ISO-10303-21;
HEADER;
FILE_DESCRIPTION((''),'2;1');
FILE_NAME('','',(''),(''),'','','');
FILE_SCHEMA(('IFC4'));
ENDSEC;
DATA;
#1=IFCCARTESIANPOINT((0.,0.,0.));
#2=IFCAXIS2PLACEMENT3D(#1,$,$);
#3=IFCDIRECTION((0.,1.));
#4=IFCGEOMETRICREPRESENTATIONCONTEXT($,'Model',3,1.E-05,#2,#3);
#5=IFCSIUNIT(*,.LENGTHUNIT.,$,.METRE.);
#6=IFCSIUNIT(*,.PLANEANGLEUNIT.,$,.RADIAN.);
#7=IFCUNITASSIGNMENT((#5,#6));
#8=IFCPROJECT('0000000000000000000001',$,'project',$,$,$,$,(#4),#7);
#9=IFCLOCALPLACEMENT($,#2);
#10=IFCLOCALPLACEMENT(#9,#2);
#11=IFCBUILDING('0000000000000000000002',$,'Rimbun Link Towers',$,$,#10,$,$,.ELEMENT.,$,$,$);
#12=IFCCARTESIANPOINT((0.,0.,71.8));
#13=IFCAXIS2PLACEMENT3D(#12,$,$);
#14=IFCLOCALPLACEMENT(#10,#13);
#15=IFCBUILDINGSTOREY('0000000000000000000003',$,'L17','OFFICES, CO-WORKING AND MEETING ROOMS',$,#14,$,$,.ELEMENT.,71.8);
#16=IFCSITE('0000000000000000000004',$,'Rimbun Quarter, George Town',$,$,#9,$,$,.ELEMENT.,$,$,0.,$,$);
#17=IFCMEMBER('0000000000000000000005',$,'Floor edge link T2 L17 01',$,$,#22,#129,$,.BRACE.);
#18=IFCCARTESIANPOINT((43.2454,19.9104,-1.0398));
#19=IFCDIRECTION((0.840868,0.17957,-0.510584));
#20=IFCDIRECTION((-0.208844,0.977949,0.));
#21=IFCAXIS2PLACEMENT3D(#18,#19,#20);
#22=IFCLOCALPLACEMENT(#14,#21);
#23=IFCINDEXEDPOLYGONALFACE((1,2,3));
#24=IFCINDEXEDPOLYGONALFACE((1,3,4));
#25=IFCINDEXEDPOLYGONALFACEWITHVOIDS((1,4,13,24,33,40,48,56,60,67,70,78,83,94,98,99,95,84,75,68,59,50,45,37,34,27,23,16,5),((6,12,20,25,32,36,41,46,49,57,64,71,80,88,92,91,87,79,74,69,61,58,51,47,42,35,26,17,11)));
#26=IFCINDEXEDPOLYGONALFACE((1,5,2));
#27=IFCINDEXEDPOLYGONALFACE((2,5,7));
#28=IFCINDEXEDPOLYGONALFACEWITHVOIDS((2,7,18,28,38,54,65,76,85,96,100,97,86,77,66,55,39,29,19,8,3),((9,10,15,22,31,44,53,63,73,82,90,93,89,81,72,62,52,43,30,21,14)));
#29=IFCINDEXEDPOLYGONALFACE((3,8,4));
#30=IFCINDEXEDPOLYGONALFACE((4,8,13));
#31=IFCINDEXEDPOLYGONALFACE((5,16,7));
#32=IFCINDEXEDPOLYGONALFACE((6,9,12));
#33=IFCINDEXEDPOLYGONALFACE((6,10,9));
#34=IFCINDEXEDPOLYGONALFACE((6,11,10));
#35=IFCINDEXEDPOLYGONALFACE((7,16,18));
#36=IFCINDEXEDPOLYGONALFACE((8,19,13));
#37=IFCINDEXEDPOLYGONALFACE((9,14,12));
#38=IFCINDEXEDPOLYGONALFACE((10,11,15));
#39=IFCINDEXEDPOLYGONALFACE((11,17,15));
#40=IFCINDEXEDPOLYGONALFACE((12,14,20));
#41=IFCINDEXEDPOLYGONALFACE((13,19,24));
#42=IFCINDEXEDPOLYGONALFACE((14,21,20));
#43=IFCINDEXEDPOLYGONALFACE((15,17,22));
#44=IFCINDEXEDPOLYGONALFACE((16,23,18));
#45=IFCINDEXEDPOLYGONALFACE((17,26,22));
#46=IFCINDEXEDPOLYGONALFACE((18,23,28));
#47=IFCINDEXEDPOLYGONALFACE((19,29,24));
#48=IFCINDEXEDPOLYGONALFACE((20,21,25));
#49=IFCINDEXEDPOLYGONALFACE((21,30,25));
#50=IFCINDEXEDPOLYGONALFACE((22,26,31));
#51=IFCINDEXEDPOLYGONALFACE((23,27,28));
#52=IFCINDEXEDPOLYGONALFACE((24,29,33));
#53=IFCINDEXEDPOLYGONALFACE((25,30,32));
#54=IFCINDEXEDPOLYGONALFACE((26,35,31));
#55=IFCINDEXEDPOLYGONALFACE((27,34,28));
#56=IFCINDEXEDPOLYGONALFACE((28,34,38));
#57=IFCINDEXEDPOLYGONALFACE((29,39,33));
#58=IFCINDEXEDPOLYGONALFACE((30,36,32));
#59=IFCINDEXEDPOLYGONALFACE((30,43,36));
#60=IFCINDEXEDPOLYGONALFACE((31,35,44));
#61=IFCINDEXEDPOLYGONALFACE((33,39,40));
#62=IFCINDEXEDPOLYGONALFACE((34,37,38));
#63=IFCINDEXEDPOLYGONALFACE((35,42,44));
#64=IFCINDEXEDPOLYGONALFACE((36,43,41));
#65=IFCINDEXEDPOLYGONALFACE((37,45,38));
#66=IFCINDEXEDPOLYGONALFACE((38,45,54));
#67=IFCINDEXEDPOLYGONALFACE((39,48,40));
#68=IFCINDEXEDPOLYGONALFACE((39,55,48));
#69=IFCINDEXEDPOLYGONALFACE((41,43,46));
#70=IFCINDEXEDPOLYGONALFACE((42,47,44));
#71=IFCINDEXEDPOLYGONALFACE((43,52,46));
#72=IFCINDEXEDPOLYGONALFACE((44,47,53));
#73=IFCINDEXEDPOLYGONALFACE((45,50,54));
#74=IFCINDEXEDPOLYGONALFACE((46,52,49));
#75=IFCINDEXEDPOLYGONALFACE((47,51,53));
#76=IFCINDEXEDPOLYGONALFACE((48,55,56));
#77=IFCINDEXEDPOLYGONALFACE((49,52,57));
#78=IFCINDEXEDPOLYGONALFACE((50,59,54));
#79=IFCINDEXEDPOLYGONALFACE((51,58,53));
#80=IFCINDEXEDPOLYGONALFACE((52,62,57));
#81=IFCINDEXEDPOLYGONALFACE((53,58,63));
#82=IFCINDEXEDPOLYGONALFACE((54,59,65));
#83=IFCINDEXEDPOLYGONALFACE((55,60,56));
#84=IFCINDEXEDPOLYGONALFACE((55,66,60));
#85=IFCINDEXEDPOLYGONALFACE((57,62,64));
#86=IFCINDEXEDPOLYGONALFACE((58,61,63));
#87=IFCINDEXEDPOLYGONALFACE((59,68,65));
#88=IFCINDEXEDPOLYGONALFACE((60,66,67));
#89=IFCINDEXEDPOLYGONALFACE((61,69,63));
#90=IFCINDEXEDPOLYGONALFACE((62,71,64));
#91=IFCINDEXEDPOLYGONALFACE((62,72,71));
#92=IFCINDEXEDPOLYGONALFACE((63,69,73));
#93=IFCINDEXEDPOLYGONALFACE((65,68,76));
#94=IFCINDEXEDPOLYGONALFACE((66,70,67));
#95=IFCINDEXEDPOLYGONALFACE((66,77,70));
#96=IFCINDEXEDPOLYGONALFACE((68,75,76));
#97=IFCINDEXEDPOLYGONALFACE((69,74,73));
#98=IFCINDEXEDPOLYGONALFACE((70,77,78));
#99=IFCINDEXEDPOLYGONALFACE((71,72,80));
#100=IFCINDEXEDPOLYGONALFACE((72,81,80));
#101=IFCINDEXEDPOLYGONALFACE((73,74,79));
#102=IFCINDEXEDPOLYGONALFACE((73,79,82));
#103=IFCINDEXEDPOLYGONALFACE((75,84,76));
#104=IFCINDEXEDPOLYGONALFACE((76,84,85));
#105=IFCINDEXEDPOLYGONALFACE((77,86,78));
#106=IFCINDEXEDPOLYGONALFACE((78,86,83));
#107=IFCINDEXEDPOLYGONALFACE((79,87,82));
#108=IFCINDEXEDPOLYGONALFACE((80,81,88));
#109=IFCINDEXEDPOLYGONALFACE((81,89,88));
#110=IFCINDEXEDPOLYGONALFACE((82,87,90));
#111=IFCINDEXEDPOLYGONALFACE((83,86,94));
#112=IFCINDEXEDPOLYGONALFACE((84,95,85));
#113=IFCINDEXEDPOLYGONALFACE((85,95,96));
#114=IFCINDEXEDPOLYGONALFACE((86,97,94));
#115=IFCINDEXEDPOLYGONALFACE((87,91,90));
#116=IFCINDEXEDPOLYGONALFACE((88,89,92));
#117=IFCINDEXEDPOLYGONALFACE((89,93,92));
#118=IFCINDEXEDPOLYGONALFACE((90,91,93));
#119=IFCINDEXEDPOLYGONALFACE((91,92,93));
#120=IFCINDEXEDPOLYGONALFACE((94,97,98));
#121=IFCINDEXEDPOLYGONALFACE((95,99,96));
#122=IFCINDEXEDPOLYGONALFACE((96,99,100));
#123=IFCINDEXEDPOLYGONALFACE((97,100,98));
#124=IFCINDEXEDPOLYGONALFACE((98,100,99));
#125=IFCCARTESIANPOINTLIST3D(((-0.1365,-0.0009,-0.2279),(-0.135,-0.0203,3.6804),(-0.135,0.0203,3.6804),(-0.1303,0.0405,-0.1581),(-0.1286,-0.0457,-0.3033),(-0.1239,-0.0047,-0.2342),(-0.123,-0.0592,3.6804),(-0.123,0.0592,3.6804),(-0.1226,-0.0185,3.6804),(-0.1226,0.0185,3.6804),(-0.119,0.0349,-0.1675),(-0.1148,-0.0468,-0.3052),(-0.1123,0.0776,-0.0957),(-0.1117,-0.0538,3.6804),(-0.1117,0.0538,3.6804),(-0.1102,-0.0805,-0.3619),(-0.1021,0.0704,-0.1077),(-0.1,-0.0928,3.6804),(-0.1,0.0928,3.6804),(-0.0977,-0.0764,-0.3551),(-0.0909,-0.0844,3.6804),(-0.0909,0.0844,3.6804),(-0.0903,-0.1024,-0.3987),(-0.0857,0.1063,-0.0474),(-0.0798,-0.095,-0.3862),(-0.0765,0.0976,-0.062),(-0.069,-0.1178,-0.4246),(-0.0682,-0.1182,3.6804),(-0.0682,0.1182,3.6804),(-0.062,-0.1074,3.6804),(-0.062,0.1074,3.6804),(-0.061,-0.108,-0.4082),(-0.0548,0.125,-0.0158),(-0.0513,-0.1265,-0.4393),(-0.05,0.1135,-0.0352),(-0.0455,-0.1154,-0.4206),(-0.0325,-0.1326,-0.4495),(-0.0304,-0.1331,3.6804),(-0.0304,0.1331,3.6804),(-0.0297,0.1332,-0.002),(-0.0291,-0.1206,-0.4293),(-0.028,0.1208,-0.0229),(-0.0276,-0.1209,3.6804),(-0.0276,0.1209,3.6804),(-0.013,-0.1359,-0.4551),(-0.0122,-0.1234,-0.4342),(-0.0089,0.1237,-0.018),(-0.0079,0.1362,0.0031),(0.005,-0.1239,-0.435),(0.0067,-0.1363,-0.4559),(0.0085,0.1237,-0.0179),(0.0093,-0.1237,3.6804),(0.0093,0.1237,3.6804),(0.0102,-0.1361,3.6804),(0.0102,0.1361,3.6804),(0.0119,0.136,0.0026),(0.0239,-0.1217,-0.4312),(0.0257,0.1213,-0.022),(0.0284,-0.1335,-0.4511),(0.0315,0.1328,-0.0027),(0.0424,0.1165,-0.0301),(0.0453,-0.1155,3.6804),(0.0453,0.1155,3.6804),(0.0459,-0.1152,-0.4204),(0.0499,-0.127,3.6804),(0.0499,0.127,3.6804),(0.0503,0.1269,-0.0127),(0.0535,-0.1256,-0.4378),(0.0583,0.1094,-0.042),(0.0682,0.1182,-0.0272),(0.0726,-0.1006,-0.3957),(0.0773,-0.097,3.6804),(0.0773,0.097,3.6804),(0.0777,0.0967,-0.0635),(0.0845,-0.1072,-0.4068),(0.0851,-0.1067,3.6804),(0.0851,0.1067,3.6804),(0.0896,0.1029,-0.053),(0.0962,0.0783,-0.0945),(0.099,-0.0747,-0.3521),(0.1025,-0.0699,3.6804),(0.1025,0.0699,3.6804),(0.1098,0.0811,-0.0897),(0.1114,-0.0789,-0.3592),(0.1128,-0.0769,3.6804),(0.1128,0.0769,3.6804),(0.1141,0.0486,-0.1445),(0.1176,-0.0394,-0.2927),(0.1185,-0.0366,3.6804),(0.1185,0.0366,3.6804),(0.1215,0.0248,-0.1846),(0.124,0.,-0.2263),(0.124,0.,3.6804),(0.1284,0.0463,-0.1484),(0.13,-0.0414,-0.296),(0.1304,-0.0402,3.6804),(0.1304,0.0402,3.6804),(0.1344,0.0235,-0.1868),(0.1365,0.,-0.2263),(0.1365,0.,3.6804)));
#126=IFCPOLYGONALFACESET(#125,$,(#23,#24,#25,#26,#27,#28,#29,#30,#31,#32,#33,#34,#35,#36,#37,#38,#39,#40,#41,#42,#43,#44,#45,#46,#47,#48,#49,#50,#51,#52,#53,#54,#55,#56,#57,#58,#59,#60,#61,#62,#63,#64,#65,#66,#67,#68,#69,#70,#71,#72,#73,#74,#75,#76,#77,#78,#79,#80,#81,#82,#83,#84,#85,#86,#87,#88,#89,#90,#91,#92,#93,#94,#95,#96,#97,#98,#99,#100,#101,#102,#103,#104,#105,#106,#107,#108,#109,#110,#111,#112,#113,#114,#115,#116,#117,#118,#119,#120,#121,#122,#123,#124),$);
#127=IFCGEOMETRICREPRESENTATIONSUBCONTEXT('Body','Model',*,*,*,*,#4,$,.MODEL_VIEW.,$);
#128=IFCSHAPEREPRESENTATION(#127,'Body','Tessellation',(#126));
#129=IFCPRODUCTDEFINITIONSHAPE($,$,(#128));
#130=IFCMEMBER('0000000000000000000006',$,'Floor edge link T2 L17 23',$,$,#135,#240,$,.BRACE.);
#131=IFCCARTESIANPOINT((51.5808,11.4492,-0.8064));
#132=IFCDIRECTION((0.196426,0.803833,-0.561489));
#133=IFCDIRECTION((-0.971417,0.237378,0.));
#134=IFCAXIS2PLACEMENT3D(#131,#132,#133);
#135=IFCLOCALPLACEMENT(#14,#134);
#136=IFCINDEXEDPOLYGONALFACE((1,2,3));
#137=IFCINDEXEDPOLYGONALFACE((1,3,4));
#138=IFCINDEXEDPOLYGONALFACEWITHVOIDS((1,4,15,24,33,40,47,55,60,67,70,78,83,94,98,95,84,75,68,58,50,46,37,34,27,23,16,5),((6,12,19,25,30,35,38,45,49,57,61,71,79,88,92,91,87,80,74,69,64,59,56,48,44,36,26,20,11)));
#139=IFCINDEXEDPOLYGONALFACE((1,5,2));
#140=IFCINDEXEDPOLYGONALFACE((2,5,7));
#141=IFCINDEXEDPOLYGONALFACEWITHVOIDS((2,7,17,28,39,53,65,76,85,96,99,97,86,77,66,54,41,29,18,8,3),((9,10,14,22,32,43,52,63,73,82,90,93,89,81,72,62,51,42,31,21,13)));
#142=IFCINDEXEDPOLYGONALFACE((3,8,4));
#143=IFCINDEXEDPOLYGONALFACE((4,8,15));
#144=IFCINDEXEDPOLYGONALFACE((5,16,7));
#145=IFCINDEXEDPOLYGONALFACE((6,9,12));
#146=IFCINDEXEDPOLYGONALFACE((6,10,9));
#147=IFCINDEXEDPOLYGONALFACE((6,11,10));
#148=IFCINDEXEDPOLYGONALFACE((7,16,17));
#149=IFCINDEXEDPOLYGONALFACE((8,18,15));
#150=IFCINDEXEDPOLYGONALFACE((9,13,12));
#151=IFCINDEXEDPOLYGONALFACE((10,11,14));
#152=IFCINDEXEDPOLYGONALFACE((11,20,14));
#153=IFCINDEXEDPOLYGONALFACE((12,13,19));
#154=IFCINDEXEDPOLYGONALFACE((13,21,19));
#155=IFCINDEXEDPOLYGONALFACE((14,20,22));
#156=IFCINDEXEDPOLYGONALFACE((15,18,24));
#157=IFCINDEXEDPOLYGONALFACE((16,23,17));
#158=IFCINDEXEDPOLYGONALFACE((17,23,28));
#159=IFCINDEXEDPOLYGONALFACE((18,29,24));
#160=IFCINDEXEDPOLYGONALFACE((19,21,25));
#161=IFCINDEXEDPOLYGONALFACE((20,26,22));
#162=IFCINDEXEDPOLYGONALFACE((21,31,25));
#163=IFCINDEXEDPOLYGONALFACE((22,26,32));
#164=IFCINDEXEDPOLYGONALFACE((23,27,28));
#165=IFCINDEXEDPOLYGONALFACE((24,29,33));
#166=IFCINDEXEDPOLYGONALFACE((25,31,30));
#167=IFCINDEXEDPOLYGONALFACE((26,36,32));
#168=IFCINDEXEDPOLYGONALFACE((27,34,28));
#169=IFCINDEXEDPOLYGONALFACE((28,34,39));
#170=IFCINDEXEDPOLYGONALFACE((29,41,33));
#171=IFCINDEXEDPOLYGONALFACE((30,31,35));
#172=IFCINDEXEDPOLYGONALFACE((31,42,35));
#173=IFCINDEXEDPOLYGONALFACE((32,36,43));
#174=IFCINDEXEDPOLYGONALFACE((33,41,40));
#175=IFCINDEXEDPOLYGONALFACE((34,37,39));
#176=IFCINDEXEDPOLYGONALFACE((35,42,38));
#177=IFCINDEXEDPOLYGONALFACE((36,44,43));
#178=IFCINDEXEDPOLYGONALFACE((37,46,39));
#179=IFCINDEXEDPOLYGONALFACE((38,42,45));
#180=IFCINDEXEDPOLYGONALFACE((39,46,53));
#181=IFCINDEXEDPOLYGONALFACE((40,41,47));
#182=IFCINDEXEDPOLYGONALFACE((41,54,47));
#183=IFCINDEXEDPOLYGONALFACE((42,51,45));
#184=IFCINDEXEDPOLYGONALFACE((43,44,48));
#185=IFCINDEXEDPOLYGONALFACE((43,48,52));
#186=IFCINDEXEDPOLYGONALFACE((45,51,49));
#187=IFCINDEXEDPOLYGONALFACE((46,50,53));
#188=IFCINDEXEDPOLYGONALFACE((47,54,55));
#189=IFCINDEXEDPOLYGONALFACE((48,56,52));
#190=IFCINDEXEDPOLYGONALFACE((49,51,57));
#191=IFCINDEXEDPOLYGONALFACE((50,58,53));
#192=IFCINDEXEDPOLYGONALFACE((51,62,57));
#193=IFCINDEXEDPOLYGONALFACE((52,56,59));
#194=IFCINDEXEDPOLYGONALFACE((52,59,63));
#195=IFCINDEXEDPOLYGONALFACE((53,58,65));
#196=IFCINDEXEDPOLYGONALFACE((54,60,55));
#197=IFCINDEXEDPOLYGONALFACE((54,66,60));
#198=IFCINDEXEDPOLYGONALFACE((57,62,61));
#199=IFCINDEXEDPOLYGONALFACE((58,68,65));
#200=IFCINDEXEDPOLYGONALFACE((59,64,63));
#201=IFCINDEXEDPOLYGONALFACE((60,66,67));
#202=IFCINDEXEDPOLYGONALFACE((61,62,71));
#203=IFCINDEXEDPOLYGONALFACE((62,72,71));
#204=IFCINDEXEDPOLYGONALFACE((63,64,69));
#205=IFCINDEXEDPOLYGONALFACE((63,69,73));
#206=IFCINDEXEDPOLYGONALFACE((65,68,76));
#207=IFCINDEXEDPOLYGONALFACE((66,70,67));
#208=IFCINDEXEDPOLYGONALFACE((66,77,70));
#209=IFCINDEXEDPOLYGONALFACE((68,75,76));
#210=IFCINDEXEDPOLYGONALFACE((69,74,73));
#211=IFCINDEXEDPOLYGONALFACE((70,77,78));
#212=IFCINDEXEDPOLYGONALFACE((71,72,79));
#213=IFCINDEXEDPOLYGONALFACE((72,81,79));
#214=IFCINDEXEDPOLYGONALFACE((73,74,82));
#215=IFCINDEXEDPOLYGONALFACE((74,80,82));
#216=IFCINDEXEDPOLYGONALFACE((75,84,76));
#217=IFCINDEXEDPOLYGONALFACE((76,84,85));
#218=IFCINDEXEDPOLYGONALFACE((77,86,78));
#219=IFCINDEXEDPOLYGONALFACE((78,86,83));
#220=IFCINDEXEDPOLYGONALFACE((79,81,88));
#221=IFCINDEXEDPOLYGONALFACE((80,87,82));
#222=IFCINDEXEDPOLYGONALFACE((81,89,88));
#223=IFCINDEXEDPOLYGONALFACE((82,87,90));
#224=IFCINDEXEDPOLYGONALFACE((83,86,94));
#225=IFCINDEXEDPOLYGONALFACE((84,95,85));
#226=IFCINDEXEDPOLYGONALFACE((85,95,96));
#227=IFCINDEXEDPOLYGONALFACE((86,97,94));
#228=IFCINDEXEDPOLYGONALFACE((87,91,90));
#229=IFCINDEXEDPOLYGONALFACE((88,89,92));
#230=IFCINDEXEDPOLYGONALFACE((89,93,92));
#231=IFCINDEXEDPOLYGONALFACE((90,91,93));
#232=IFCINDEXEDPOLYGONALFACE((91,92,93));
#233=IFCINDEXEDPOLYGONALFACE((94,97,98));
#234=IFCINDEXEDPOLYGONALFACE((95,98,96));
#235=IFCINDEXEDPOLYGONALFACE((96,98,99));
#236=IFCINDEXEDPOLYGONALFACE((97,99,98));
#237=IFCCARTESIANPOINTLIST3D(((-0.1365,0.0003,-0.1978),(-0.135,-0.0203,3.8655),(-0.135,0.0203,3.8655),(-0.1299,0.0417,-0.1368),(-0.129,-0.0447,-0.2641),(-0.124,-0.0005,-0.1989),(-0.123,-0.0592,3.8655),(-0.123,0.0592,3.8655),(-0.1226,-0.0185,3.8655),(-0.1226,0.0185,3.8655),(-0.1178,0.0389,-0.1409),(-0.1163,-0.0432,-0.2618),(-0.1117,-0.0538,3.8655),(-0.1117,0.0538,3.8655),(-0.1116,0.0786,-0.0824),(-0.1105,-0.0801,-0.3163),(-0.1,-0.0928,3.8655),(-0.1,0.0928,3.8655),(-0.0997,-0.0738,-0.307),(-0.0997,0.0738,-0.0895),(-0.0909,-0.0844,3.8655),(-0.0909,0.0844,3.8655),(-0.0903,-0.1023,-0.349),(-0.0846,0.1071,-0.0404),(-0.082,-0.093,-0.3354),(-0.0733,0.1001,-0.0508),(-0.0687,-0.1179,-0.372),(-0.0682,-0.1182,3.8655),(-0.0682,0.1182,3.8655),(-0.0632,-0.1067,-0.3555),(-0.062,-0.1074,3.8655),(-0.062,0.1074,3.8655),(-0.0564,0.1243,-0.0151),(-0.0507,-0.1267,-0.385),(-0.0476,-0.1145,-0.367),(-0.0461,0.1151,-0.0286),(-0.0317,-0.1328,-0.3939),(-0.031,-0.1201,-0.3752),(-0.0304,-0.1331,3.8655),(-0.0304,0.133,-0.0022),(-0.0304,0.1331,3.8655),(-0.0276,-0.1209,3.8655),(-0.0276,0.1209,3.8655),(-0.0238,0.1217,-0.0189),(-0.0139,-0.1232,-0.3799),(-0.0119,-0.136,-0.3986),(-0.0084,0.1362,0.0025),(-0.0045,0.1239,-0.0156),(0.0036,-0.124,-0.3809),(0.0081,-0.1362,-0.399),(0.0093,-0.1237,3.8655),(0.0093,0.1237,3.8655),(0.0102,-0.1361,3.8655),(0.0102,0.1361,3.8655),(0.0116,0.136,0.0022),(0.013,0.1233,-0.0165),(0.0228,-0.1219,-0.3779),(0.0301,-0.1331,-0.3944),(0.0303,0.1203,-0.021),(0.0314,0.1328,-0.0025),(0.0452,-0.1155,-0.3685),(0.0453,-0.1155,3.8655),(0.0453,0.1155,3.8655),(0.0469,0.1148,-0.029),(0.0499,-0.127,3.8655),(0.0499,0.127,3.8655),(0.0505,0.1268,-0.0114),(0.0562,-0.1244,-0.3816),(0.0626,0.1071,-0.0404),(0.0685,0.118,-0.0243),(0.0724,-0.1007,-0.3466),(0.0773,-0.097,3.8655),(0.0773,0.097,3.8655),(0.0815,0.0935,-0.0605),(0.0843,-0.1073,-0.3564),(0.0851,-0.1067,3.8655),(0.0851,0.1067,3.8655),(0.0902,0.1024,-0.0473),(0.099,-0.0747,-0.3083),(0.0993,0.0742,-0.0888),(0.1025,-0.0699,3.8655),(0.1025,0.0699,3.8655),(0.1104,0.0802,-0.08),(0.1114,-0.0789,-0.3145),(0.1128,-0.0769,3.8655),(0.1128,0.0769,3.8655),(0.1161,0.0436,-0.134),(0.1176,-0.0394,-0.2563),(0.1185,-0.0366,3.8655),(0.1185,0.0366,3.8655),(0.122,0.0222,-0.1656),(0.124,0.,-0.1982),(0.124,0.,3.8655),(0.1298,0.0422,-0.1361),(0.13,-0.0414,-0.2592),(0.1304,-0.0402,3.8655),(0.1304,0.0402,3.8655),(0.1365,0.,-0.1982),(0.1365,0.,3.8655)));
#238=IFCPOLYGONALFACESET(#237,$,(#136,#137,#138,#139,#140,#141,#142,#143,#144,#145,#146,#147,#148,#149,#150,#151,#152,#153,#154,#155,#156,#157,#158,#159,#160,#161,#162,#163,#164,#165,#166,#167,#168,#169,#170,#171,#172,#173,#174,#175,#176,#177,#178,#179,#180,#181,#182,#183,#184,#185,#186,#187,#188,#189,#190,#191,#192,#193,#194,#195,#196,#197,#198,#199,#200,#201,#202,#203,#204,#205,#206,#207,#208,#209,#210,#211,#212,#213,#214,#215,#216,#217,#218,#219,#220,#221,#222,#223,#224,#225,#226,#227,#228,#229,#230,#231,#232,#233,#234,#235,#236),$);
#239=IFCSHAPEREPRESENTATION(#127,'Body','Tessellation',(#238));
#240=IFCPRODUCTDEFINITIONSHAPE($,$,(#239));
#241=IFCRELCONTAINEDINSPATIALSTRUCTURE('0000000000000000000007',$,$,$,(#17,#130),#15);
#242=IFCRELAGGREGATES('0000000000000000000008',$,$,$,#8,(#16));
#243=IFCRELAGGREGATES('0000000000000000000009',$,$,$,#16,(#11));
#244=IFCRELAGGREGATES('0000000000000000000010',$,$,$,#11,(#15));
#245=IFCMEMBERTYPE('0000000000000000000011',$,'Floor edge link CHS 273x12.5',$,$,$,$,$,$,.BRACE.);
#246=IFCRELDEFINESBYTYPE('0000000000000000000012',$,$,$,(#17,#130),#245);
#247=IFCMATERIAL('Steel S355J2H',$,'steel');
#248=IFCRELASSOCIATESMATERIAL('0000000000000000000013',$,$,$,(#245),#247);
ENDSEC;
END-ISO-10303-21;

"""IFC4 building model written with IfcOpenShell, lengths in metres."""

from ifc_helpers import new_model, si_unit, direction, frame, origin, origin_2d, place, context, subcontext, project, spatial, hollow_circle, extrude, clip, halfspace, material, material_profile, profile_set, type_object, element, save


model = new_model("IFC4")

# Units and contexts
model_context = context("Model", 3, precision=1e-05, world=origin(), true_north=direction((0.0, 1.0)))
body_context = subcontext(model_context, "Body", "Model", "MODEL_VIEW")
ifc_project = project(units=[si_unit("LENGTHUNIT", "METRE"), si_unit("PLANEANGLEUNIT", "RADIAN")], contexts=[model_context])

# Site, building, storey
site_placement = place(None, origin())
site = spatial("IfcSite", under=ifc_project, at=site_placement, Name="Rimbun Quarter, George Town", CompositionType="ELEMENT", RefElevation=0.0)
building_placement = place(site_placement, origin())
building = spatial("IfcBuilding", under=site, at=building_placement, Name="Rimbun Link Towers", CompositionType="ELEMENT")
storey_placement = place(building_placement, frame((0.0, 0.0, 71.8)))
storey = spatial("IfcBuildingStorey", under=building, at=storey_placement, Name="L17", Description="OFFICES, CO-WORKING AND MEETING ROOMS", CompositionType="ELEMENT", Elevation=71.8)

# Members
ifc_material_1 = material(Name="Steel S355J2H", Category="steel")
ifc_material_profile_1 = material_profile(ifc_material_1, hollow_circle(Radius=0.1365, WallThickness=0.0125, at=origin_2d()), Name="CHS 273x12.5")
ifc_profile_set_1 = profile_set([ifc_material_profile_1], Name="Steel S355J2H")
member_type_1 = type_object("IfcMemberType", Name="Floor edge link CHS 273x12.5", PredefinedType="BRACE", material=ifc_profile_set_1)
member_1_placement = place(storey_placement, frame((43.2454, 19.9104, -1.0398), z_axis=(0.840868, 0.17957, -0.510584), x_axis=(-0.208844, 0.977949, 0.0)))
element("IfcMember", 1, at=member_1_placement, inside=storey, type_object=member_type_1, Name="Floor edge link T2 L17 01", PredefinedType="BRACE", context=body_context, shape_type="Clipping", body=[
    clip(extrude(hollow_circle(Radius=0.1365, WallThickness=0.0125, at=origin_2d()), frame((0.0, 0.0, -0.4792)), (0.0, 0.0, 1.0), 4.1597), halfspace(frame((0.0, 0.0, -0.2263), z_axis=(0.0, 0.859828, -0.510584)), False)),
])
member_2_placement = place(storey_placement, frame((51.5808, 11.4492, -0.8064), z_axis=(0.196426, 0.803833, -0.561489), x_axis=(-0.971417, 0.237378, 0.0)))
element("IfcMember", 2, at=member_2_placement, inside=storey, type_object=member_type_1, Name="Floor edge link T2 L17 23", PredefinedType="BRACE", context=body_context, shape_type="Clipping", body=[
    clip(extrude(hollow_circle(Radius=0.1365, WallThickness=0.0125, at=origin_2d()), frame((0.0, 0.0, -0.4202)), (0.0, 0.0, 1.0), 4.2856), halfspace(frame((0.0, 0.0, -0.1982), z_axis=(0.0, 0.827484, -0.561489)), False)),
])

save(model, "model.ifc")
